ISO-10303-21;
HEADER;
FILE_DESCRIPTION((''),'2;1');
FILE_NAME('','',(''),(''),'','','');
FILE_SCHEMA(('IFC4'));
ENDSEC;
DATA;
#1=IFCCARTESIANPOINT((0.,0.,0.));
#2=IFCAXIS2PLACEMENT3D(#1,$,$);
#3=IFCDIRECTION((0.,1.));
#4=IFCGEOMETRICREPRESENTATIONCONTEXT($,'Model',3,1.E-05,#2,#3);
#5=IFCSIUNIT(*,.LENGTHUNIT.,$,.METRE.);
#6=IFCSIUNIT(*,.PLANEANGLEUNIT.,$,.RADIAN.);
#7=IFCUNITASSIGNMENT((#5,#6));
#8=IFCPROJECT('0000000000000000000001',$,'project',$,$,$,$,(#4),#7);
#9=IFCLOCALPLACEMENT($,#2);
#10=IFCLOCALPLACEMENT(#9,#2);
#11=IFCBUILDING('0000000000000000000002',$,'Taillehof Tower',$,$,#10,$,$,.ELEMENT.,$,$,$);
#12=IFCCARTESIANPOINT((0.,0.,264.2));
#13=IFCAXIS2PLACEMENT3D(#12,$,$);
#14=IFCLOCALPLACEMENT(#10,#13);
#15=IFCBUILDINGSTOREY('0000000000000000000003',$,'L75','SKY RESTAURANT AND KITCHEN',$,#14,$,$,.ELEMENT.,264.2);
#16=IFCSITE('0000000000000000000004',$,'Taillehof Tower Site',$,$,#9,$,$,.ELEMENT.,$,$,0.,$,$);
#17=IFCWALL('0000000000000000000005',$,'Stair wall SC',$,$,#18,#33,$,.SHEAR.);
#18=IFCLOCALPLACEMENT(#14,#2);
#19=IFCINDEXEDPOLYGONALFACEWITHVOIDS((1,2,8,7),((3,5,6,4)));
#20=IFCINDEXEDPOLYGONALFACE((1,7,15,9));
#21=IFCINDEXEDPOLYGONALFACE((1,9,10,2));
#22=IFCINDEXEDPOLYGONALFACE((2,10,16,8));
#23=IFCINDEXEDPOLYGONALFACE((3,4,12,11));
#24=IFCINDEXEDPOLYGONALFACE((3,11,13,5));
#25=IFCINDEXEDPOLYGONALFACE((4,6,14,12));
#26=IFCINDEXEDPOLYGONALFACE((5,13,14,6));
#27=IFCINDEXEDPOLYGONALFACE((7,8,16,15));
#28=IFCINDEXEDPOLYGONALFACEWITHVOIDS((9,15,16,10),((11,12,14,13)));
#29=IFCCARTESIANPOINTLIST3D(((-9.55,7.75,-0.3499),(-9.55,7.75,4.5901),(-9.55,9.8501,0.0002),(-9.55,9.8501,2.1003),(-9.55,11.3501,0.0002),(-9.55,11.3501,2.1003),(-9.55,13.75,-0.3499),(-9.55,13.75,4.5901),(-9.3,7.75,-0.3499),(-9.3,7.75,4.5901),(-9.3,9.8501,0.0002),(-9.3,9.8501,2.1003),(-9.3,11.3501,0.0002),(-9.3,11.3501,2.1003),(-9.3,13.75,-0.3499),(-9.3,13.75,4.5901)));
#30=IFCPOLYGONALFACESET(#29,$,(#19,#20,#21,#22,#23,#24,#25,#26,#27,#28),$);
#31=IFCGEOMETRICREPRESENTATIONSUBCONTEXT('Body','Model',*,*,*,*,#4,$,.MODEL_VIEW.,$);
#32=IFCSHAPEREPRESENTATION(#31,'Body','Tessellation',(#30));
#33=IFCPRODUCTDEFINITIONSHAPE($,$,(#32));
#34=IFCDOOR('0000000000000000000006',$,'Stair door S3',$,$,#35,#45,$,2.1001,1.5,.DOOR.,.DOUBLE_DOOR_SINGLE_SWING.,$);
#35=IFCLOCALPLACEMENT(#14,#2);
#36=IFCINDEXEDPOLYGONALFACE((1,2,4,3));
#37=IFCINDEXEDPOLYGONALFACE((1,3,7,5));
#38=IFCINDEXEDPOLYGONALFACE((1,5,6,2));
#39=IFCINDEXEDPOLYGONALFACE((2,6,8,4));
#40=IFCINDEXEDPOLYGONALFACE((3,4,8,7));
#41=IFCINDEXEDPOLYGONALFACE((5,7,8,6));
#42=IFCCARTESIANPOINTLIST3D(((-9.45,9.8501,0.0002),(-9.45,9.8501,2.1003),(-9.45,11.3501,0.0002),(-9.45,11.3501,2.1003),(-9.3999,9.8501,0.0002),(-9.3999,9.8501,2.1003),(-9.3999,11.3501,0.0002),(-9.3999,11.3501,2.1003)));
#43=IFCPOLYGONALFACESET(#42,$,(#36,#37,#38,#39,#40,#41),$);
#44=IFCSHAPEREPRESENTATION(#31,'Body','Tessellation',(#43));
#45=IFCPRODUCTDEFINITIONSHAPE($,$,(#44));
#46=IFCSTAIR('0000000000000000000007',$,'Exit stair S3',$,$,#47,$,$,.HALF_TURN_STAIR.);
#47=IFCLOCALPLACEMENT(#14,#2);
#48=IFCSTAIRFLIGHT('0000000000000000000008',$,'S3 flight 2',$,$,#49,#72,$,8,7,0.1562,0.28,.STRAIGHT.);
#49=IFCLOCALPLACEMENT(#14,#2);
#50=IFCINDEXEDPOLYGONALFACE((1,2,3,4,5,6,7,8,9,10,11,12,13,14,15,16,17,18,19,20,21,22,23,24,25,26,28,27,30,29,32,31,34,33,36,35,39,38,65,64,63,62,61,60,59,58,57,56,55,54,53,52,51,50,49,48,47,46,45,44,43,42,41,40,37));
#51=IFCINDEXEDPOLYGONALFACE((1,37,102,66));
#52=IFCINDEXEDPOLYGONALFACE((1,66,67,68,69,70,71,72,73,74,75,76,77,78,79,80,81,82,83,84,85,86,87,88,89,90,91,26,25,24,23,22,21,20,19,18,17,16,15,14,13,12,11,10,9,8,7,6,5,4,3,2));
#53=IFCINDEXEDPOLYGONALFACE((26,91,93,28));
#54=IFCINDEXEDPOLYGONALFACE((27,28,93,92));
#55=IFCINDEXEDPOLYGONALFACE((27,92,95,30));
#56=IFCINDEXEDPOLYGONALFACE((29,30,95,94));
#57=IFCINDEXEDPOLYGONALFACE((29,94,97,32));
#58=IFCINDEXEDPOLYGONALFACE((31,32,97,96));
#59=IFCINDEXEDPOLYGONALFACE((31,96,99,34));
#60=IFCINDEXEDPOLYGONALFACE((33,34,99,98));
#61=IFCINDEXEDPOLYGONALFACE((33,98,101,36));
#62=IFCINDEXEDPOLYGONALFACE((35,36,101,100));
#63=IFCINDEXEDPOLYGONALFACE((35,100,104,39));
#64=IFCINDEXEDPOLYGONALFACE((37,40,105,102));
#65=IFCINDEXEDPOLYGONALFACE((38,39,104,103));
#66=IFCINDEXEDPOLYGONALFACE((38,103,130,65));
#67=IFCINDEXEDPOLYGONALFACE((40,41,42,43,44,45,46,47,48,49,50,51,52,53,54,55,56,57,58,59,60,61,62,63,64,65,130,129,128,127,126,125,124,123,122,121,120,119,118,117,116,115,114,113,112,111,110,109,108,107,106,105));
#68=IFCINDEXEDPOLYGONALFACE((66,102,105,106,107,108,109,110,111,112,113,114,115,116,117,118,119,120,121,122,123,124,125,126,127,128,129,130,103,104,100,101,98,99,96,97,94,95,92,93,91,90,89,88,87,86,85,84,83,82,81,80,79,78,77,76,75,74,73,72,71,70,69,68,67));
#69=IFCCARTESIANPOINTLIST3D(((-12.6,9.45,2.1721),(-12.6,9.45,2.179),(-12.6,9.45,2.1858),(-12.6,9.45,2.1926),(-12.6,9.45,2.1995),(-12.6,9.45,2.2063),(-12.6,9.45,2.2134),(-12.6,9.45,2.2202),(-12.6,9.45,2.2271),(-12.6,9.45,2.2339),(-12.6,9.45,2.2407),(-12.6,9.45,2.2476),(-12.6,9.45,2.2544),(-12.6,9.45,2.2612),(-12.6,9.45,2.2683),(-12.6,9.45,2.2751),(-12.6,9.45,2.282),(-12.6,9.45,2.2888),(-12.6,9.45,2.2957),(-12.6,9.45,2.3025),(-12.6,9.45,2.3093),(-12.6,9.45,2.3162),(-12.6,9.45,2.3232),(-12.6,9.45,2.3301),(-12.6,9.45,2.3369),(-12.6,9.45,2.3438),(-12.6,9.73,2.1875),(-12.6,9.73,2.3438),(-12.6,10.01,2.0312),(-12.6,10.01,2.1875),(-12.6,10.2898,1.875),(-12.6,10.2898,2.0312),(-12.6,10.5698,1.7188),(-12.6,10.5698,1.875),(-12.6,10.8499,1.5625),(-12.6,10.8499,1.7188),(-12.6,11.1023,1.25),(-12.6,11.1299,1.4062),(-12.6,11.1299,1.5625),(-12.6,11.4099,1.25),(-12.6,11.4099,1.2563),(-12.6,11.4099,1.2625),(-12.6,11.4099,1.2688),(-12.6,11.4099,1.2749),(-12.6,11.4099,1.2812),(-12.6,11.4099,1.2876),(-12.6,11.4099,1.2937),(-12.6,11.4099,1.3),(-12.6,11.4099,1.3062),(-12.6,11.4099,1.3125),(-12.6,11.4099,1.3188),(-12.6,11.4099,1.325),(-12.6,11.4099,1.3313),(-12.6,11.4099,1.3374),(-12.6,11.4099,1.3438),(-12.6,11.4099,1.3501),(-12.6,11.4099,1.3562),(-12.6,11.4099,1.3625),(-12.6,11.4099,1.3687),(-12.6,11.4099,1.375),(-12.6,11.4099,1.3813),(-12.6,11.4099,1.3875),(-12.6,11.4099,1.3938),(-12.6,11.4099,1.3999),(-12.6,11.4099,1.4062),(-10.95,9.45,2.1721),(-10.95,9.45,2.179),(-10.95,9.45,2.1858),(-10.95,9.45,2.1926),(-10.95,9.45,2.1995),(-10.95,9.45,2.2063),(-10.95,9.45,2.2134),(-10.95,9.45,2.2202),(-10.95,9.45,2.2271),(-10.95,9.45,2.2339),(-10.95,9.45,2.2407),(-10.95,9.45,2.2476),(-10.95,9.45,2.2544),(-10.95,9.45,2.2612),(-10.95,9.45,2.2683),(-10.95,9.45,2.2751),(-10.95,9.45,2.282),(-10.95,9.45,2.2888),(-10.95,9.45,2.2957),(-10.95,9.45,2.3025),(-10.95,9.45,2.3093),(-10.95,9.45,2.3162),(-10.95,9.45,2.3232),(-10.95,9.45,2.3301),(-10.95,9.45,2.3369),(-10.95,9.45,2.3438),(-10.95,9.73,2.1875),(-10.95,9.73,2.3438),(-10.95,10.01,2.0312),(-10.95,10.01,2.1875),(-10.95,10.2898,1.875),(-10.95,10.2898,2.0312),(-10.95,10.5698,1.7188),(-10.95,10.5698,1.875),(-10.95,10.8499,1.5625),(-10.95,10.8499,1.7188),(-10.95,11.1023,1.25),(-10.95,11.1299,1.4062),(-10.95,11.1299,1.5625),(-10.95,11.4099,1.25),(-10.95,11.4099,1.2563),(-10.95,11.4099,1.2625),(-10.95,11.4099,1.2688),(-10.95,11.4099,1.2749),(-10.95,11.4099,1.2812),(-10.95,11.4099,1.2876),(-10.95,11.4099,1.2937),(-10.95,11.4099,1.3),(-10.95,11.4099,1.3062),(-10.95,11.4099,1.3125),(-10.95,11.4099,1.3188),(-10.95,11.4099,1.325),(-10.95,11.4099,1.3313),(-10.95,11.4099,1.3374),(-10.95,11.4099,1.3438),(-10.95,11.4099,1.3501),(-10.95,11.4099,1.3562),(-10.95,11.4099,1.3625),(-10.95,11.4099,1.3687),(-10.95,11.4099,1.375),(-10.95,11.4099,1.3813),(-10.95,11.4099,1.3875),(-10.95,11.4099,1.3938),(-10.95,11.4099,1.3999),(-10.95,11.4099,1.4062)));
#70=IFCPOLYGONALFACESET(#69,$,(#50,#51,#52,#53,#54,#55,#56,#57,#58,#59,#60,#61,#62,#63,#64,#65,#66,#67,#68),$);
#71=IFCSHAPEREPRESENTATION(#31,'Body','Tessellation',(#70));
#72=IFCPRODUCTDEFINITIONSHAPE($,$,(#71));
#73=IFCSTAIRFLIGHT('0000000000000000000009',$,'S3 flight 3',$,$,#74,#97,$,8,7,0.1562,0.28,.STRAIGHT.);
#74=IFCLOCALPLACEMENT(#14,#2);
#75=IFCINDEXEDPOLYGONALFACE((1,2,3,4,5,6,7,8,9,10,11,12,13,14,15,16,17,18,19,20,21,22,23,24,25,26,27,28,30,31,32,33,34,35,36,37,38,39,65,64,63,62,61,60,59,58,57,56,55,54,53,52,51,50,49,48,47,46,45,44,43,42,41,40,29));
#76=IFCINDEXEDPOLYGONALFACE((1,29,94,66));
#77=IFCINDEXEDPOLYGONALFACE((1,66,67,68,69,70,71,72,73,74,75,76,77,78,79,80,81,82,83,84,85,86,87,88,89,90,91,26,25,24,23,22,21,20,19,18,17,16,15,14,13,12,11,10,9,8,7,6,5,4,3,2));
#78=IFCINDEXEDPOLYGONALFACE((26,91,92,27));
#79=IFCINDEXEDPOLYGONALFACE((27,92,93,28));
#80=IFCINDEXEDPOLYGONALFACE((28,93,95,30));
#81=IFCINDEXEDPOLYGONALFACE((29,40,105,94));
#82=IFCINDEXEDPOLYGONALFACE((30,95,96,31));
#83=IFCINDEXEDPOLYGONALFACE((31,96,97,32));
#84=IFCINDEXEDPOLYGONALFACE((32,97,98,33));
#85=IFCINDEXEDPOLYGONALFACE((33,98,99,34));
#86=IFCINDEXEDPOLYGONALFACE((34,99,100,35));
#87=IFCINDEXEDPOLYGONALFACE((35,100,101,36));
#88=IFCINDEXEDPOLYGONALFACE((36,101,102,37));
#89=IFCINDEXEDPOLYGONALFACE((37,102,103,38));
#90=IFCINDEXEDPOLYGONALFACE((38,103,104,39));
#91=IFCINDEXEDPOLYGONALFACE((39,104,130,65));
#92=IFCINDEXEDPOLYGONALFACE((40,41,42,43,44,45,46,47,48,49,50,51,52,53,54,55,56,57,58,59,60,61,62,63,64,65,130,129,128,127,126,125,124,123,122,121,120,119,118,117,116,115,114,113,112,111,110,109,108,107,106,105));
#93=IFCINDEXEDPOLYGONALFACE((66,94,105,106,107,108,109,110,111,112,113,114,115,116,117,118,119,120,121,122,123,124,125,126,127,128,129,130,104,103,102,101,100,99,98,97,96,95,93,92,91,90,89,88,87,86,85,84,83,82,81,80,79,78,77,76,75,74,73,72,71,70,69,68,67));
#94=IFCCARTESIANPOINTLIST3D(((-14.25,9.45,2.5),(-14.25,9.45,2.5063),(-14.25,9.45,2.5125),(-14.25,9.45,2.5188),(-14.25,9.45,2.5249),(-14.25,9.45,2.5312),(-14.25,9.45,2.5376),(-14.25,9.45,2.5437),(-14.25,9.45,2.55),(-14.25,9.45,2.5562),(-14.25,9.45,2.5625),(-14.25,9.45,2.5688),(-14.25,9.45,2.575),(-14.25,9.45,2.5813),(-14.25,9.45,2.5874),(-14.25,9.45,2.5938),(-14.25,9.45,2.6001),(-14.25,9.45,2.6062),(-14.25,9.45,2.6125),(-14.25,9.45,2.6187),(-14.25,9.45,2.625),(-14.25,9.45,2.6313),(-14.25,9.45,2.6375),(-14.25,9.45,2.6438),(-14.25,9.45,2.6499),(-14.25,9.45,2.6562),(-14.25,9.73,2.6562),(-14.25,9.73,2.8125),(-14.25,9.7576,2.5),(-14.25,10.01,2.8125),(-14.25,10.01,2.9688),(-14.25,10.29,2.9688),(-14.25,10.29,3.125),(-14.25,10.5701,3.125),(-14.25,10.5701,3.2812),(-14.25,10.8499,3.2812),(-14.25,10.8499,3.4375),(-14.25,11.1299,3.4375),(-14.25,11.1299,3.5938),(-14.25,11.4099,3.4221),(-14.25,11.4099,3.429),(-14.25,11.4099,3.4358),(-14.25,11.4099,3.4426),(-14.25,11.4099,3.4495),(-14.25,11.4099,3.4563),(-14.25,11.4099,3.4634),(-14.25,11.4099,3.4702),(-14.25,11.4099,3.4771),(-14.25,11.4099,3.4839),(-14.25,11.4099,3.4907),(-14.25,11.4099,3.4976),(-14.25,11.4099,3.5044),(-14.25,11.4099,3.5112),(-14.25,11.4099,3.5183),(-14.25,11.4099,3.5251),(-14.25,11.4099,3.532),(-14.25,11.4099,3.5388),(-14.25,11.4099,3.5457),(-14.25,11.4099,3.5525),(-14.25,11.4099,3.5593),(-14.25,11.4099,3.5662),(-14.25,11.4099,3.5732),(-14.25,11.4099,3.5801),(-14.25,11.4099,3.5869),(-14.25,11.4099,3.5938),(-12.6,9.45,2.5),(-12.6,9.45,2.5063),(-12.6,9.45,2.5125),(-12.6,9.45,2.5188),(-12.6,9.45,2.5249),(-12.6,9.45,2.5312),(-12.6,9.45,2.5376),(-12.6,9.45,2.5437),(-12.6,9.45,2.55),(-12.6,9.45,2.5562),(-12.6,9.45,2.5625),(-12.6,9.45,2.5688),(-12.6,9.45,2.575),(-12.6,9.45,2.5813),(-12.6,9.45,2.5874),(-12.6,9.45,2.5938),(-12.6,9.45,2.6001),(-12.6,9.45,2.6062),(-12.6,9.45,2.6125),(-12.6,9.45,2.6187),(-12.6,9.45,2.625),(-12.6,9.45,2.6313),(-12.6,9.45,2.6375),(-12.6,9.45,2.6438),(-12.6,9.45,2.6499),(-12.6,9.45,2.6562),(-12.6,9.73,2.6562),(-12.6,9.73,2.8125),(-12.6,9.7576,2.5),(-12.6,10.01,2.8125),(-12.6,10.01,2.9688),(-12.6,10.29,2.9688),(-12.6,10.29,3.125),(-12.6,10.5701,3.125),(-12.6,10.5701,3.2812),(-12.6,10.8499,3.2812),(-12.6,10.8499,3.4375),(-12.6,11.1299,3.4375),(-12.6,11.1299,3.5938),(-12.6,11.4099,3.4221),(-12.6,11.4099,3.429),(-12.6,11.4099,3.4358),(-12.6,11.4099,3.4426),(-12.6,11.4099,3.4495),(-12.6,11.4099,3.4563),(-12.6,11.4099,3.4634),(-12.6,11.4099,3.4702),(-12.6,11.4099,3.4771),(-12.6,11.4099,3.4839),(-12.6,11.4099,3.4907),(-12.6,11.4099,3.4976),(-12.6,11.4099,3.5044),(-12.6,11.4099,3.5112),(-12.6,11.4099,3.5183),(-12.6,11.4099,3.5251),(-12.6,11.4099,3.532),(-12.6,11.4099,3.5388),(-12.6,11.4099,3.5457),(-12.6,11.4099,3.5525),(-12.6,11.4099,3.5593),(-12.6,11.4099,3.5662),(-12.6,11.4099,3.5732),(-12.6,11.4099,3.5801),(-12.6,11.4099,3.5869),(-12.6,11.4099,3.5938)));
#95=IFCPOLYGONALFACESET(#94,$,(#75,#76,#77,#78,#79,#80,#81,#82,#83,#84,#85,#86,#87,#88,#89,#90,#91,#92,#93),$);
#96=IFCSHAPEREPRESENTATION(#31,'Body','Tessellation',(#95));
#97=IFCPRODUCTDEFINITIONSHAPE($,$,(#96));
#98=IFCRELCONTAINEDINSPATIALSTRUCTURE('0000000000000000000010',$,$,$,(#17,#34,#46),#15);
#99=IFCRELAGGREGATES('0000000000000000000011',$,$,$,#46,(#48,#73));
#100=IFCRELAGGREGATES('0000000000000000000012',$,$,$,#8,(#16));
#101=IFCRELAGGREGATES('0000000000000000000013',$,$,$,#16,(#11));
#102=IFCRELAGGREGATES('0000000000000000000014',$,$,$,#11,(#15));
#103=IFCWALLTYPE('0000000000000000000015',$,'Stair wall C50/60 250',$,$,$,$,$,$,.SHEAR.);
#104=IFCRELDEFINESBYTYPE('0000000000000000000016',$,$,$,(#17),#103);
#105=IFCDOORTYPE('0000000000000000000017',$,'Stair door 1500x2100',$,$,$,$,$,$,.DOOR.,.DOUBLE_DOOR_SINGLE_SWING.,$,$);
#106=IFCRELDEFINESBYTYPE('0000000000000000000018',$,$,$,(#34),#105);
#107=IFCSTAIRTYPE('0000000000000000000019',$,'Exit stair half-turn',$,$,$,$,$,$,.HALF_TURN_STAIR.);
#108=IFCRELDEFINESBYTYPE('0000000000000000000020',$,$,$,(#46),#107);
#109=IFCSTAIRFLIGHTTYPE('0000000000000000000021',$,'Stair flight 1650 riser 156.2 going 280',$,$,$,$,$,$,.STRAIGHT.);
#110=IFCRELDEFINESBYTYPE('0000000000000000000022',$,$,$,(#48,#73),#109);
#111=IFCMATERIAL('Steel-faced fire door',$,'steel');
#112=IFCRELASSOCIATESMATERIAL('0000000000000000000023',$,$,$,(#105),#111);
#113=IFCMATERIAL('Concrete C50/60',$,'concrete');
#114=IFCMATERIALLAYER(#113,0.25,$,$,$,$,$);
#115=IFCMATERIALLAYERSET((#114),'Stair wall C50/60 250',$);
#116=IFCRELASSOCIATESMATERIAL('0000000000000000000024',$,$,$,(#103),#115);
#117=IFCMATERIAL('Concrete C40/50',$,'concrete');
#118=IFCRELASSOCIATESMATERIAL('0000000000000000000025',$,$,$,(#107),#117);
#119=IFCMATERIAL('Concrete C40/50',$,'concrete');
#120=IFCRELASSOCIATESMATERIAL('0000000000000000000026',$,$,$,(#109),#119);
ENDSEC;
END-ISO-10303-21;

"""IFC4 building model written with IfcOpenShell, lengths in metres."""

from ifc_helpers import new_model, si_unit, direction, frame, frame_2d, origin, place, context, subcontext, project, spatial, polyline, rectangle, outline, extrude, material, layer, layer_set, type_object, element, fill, aggregate, save


model = new_model("IFC4")

# Units and contexts
model_context = context("Model", 3, precision=1e-05, world=origin(), true_north=direction((0.0, 1.0)))
body_context = subcontext(model_context, "Body", "Model", "MODEL_VIEW")
ifc_project = project(units=[si_unit("LENGTHUNIT", "METRE"), si_unit("PLANEANGLEUNIT", "RADIAN")], contexts=[model_context])

# Site, building, storey
site_placement = place(None, origin())
site = spatial("IfcSite", under=ifc_project, at=site_placement, Name="Taillehof Tower Site", CompositionType="ELEMENT", RefElevation=0.0)
building_placement = place(site_placement, origin())
building = spatial("IfcBuilding", under=site, at=building_placement, Name="Taillehof Tower", CompositionType="ELEMENT")
storey_placement = place(building_placement, frame((0.0, 0.0, 264.2)))
storey = spatial("IfcBuildingStorey", under=building, at=storey_placement, Name="L75", Description="SKY RESTAURANT AND KITCHEN", CompositionType="ELEMENT", Elevation=264.2)

# Wall, opening, door
ifc_material_1 = material(Name="Steel-faced fire door", Category="steel")
door_type_1 = type_object("IfcDoorType", Name="Stair door 1500x2100", OperationType="DOUBLE_DOOR_SINGLE_SWING", PredefinedType="DOOR", material=ifc_material_1)
ifc_material_2 = material(Name="Concrete C50/60", Category="concrete")
ifc_layer_1 = layer(ifc_material_2, 0.25)
ifc_layer_set_1 = layer_set([ifc_layer_1], Name="Stair wall C50/60 250")
wall_type_1 = type_object("IfcWallType", Name="Stair wall C50/60 250", PredefinedType="SHEAR", material=ifc_layer_set_1)
wall_1_placement = place(storey_placement, frame((-9.425, 7.75, -0.3499), z_axis=(0.0, 0.0, 1.0), x_axis=(0.0, 1.0, 0.0)))
wall_1 = element("IfcWall", 1, at=wall_1_placement, inside=storey, type_object=wall_type_1, Name="Stair wall SC", PredefinedType="SHEAR", context=body_context, shape_type="SweptSolid", body=[
    extrude(rectangle(XDim=6.0, YDim=0.25, at=frame_2d((3.0, 0.0))), origin(), (0.0, 0.0, 1.0), 4.9399),
])
opening_1_placement = place(wall_1_placement, frame((2.1001, 0.0, 0.3501)))
opening_1 = element("IfcOpeningElement", 2, at=opening_1_placement, cuts=wall_1, PredefinedType="OPENING", context=body_context, shape_type="SweptSolid", body=[
    extrude(rectangle(XDim=1.5, YDim=2.1001, at=frame_2d((0.75, 1.05))), frame((0.0, 0.135, 0.0), z_axis=(0.0, -1.0, 0.0), x_axis=(1.0, 0.0, 0.0)), (0.0, 0.0, 1.0), 0.27),
])
door_1_placement = place(opening_1_placement, origin())
door_1 = element("IfcDoor", 3, at=door_1_placement, inside=storey, type_object=door_type_1, Name="Stair door S3", OperationType="DOUBLE_DOOR_SINGLE_SWING", OverallHeight=2.1001, OverallWidth=1.5, PredefinedType="DOOR", context=body_context, shape_type="SweptSolid", body=[
    extrude(rectangle(XDim=1.5, YDim=2.1001, at=frame_2d((0.75, 1.05))), frame((0.0, 0.0249, 0.0), z_axis=(0.0, -1.0, 0.0), x_axis=(1.0, 0.0, 0.0)), (0.0, 0.0, 1.0), 0.05),
])
fill(opening_1, door_1)

# Stair, stair flights
ifc_material_3 = material(Name="Concrete C40/50", Category="concrete")
stair_type = type_object("IfcStairType", Name="Exit stair half-turn", PredefinedType="HALF_TURN_STAIR", material=ifc_material_3)
stair_placement = place(storey_placement, origin())
stair = element("IfcStair", 4, at=stair_placement, inside=storey, type_object=stair_type, Name="Exit stair S3", PredefinedType="HALF_TURN_STAIR")
ifc_material_4 = material(Name="Concrete C40/50", Category="concrete")
stair_flight_type = type_object("IfcStairFlightType", Name="Stair flight 1650 riser 156.2 going 280", PredefinedType="STRAIGHT", material=ifc_material_4)
stair_flight_1_placement = place(storey_placement, frame((-11.7749, 11.4099, 1.25), z_axis=(0.0, 0.0, 1.0), x_axis=(0.0, -1.0, 0.0)))
stair_flight_1 = element("IfcStairFlight", 5, at=stair_flight_1_placement, type_object=stair_flight_type, Name="S3 flight 2", NumberOfRisers=8, NumberOfTreads=7, PredefinedType="STRAIGHT", RiserHeight=0.1562, TreadLength=0.28, context=body_context, shape_type="SweptSolid", body=[
    extrude(outline(polyline([(0.0, 0.0), (0.0, 0.0063), (0.0, 0.0125), (0.0, 0.0188), (0.0, 0.0249), (0.0, 0.0312), (0.0, 0.0376), (0.0, 0.0437), (0.0, 0.05), (0.0, 0.0562), (0.0, 0.0625), (0.0, 0.0688), (0.0, 0.075), (0.0, 0.0813), (0.0, 0.0874), (0.0, 0.0938), (0.0, 0.1001), (0.0, 0.1062), (0.0, 0.1125), (0.0, 0.1187), (0.0, 0.125), (0.0, 0.1313), (0.0, 0.1375), (0.0, 0.1438), (0.0, 0.1499), (0.0, 0.1562), (0.28, 0.1562), (0.28, 0.3125), (0.5601, 0.3125), (0.5601, 0.4688), (0.8401, 0.4688), (0.8401, 0.625), (1.1201, 0.625), (1.1201, 0.7812), (1.3999, 0.7812), (1.3999, 0.9375), (1.6799, 0.9375), (1.6799, 1.0938), (1.96, 1.0938), (1.96, 1.0869), (1.96, 1.0801), (1.96, 1.0732), (1.96, 1.0662), (1.96, 1.0593), (1.96, 1.0525), (1.96, 1.0457), (1.96, 1.0388), (1.96, 1.032), (1.96, 1.0251), (1.96, 1.0183), (1.96, 1.0112), (1.96, 1.0044), (1.96, 0.9976), (1.96, 0.9907), (1.96, 0.9839), (1.96, 0.9771), (1.96, 0.9702), (1.96, 0.9634), (1.96, 0.9563), (1.96, 0.9495), (1.96, 0.9426), (1.96, 0.9358), (1.96, 0.929), (1.96, 0.9221), (0.3076, 0.0), (0.0, 0.0)])), frame((0.0, 0.825, 0.0), z_axis=(0.0, -1.0, 0.0), x_axis=(1.0, 0.0, 0.0)), (0.0, 0.0, 1.0), 1.65),
])
stair_flight_2_placement = place(storey_placement, frame((-13.425, 9.45, 2.5), z_axis=(0.0, 0.0, 1.0), x_axis=(0.0, 1.0, 0.0)))
stair_flight_2 = element("IfcStairFlight", 6, at=stair_flight_2_placement, type_object=stair_flight_type, Name="S3 flight 3", NumberOfRisers=8, NumberOfTreads=7, PredefinedType="STRAIGHT", RiserHeight=0.1562, TreadLength=0.28, context=body_context, shape_type="SweptSolid", body=[
    extrude(outline(polyline([(0.0, 0.0), (0.0, 0.0063), (0.0, 0.0125), (0.0, 0.0188), (0.0, 0.0249), (0.0, 0.0312), (0.0, 0.0376), (0.0, 0.0437), (0.0, 0.05), (0.0, 0.0562), (0.0, 0.0625), (0.0, 0.0688), (0.0, 0.075), (0.0, 0.0813), (0.0, 0.0874), (0.0, 0.0938), (0.0, 0.1001), (0.0, 0.1062), (0.0, 0.1125), (0.0, 0.1187), (0.0, 0.125), (0.0, 0.1313), (0.0, 0.1375), (0.0, 0.1438), (0.0, 0.1499), (0.0, 0.1562), (0.28, 0.1562), (0.28, 0.3125), (0.5601, 0.3125), (0.5601, 0.4688), (0.8401, 0.4688), (0.8401, 0.625), (1.1201, 0.625), (1.1201, 0.7812), (1.3999, 0.7812), (1.3999, 0.9375), (1.6799, 0.9375), (1.6799, 1.0938), (1.96, 1.0938), (1.96, 1.0869), (1.96, 1.0801), (1.96, 1.0732), (1.96, 1.0662), (1.96, 1.0593), (1.96, 1.0525), (1.96, 1.0457), (1.96, 1.0388), (1.96, 1.032), (1.96, 1.0251), (1.96, 1.0183), (1.96, 1.0112), (1.96, 1.0044), (1.96, 0.9976), (1.96, 0.9907), (1.96, 0.9839), (1.96, 0.9771), (1.96, 0.9702), (1.96, 0.9634), (1.96, 0.9563), (1.96, 0.9495), (1.96, 0.9426), (1.96, 0.9358), (1.96, 0.929), (1.96, 0.9221), (0.3076, 0.0), (0.0, 0.0)])), frame((0.0, 0.825, 0.0), z_axis=(0.0, -1.0, 0.0), x_axis=(1.0, 0.0, 0.0)), (0.0, 0.0, 1.0), 1.65),
])
aggregate(stair, [stair_flight_1, stair_flight_2])

save(model, "model.ifc")
